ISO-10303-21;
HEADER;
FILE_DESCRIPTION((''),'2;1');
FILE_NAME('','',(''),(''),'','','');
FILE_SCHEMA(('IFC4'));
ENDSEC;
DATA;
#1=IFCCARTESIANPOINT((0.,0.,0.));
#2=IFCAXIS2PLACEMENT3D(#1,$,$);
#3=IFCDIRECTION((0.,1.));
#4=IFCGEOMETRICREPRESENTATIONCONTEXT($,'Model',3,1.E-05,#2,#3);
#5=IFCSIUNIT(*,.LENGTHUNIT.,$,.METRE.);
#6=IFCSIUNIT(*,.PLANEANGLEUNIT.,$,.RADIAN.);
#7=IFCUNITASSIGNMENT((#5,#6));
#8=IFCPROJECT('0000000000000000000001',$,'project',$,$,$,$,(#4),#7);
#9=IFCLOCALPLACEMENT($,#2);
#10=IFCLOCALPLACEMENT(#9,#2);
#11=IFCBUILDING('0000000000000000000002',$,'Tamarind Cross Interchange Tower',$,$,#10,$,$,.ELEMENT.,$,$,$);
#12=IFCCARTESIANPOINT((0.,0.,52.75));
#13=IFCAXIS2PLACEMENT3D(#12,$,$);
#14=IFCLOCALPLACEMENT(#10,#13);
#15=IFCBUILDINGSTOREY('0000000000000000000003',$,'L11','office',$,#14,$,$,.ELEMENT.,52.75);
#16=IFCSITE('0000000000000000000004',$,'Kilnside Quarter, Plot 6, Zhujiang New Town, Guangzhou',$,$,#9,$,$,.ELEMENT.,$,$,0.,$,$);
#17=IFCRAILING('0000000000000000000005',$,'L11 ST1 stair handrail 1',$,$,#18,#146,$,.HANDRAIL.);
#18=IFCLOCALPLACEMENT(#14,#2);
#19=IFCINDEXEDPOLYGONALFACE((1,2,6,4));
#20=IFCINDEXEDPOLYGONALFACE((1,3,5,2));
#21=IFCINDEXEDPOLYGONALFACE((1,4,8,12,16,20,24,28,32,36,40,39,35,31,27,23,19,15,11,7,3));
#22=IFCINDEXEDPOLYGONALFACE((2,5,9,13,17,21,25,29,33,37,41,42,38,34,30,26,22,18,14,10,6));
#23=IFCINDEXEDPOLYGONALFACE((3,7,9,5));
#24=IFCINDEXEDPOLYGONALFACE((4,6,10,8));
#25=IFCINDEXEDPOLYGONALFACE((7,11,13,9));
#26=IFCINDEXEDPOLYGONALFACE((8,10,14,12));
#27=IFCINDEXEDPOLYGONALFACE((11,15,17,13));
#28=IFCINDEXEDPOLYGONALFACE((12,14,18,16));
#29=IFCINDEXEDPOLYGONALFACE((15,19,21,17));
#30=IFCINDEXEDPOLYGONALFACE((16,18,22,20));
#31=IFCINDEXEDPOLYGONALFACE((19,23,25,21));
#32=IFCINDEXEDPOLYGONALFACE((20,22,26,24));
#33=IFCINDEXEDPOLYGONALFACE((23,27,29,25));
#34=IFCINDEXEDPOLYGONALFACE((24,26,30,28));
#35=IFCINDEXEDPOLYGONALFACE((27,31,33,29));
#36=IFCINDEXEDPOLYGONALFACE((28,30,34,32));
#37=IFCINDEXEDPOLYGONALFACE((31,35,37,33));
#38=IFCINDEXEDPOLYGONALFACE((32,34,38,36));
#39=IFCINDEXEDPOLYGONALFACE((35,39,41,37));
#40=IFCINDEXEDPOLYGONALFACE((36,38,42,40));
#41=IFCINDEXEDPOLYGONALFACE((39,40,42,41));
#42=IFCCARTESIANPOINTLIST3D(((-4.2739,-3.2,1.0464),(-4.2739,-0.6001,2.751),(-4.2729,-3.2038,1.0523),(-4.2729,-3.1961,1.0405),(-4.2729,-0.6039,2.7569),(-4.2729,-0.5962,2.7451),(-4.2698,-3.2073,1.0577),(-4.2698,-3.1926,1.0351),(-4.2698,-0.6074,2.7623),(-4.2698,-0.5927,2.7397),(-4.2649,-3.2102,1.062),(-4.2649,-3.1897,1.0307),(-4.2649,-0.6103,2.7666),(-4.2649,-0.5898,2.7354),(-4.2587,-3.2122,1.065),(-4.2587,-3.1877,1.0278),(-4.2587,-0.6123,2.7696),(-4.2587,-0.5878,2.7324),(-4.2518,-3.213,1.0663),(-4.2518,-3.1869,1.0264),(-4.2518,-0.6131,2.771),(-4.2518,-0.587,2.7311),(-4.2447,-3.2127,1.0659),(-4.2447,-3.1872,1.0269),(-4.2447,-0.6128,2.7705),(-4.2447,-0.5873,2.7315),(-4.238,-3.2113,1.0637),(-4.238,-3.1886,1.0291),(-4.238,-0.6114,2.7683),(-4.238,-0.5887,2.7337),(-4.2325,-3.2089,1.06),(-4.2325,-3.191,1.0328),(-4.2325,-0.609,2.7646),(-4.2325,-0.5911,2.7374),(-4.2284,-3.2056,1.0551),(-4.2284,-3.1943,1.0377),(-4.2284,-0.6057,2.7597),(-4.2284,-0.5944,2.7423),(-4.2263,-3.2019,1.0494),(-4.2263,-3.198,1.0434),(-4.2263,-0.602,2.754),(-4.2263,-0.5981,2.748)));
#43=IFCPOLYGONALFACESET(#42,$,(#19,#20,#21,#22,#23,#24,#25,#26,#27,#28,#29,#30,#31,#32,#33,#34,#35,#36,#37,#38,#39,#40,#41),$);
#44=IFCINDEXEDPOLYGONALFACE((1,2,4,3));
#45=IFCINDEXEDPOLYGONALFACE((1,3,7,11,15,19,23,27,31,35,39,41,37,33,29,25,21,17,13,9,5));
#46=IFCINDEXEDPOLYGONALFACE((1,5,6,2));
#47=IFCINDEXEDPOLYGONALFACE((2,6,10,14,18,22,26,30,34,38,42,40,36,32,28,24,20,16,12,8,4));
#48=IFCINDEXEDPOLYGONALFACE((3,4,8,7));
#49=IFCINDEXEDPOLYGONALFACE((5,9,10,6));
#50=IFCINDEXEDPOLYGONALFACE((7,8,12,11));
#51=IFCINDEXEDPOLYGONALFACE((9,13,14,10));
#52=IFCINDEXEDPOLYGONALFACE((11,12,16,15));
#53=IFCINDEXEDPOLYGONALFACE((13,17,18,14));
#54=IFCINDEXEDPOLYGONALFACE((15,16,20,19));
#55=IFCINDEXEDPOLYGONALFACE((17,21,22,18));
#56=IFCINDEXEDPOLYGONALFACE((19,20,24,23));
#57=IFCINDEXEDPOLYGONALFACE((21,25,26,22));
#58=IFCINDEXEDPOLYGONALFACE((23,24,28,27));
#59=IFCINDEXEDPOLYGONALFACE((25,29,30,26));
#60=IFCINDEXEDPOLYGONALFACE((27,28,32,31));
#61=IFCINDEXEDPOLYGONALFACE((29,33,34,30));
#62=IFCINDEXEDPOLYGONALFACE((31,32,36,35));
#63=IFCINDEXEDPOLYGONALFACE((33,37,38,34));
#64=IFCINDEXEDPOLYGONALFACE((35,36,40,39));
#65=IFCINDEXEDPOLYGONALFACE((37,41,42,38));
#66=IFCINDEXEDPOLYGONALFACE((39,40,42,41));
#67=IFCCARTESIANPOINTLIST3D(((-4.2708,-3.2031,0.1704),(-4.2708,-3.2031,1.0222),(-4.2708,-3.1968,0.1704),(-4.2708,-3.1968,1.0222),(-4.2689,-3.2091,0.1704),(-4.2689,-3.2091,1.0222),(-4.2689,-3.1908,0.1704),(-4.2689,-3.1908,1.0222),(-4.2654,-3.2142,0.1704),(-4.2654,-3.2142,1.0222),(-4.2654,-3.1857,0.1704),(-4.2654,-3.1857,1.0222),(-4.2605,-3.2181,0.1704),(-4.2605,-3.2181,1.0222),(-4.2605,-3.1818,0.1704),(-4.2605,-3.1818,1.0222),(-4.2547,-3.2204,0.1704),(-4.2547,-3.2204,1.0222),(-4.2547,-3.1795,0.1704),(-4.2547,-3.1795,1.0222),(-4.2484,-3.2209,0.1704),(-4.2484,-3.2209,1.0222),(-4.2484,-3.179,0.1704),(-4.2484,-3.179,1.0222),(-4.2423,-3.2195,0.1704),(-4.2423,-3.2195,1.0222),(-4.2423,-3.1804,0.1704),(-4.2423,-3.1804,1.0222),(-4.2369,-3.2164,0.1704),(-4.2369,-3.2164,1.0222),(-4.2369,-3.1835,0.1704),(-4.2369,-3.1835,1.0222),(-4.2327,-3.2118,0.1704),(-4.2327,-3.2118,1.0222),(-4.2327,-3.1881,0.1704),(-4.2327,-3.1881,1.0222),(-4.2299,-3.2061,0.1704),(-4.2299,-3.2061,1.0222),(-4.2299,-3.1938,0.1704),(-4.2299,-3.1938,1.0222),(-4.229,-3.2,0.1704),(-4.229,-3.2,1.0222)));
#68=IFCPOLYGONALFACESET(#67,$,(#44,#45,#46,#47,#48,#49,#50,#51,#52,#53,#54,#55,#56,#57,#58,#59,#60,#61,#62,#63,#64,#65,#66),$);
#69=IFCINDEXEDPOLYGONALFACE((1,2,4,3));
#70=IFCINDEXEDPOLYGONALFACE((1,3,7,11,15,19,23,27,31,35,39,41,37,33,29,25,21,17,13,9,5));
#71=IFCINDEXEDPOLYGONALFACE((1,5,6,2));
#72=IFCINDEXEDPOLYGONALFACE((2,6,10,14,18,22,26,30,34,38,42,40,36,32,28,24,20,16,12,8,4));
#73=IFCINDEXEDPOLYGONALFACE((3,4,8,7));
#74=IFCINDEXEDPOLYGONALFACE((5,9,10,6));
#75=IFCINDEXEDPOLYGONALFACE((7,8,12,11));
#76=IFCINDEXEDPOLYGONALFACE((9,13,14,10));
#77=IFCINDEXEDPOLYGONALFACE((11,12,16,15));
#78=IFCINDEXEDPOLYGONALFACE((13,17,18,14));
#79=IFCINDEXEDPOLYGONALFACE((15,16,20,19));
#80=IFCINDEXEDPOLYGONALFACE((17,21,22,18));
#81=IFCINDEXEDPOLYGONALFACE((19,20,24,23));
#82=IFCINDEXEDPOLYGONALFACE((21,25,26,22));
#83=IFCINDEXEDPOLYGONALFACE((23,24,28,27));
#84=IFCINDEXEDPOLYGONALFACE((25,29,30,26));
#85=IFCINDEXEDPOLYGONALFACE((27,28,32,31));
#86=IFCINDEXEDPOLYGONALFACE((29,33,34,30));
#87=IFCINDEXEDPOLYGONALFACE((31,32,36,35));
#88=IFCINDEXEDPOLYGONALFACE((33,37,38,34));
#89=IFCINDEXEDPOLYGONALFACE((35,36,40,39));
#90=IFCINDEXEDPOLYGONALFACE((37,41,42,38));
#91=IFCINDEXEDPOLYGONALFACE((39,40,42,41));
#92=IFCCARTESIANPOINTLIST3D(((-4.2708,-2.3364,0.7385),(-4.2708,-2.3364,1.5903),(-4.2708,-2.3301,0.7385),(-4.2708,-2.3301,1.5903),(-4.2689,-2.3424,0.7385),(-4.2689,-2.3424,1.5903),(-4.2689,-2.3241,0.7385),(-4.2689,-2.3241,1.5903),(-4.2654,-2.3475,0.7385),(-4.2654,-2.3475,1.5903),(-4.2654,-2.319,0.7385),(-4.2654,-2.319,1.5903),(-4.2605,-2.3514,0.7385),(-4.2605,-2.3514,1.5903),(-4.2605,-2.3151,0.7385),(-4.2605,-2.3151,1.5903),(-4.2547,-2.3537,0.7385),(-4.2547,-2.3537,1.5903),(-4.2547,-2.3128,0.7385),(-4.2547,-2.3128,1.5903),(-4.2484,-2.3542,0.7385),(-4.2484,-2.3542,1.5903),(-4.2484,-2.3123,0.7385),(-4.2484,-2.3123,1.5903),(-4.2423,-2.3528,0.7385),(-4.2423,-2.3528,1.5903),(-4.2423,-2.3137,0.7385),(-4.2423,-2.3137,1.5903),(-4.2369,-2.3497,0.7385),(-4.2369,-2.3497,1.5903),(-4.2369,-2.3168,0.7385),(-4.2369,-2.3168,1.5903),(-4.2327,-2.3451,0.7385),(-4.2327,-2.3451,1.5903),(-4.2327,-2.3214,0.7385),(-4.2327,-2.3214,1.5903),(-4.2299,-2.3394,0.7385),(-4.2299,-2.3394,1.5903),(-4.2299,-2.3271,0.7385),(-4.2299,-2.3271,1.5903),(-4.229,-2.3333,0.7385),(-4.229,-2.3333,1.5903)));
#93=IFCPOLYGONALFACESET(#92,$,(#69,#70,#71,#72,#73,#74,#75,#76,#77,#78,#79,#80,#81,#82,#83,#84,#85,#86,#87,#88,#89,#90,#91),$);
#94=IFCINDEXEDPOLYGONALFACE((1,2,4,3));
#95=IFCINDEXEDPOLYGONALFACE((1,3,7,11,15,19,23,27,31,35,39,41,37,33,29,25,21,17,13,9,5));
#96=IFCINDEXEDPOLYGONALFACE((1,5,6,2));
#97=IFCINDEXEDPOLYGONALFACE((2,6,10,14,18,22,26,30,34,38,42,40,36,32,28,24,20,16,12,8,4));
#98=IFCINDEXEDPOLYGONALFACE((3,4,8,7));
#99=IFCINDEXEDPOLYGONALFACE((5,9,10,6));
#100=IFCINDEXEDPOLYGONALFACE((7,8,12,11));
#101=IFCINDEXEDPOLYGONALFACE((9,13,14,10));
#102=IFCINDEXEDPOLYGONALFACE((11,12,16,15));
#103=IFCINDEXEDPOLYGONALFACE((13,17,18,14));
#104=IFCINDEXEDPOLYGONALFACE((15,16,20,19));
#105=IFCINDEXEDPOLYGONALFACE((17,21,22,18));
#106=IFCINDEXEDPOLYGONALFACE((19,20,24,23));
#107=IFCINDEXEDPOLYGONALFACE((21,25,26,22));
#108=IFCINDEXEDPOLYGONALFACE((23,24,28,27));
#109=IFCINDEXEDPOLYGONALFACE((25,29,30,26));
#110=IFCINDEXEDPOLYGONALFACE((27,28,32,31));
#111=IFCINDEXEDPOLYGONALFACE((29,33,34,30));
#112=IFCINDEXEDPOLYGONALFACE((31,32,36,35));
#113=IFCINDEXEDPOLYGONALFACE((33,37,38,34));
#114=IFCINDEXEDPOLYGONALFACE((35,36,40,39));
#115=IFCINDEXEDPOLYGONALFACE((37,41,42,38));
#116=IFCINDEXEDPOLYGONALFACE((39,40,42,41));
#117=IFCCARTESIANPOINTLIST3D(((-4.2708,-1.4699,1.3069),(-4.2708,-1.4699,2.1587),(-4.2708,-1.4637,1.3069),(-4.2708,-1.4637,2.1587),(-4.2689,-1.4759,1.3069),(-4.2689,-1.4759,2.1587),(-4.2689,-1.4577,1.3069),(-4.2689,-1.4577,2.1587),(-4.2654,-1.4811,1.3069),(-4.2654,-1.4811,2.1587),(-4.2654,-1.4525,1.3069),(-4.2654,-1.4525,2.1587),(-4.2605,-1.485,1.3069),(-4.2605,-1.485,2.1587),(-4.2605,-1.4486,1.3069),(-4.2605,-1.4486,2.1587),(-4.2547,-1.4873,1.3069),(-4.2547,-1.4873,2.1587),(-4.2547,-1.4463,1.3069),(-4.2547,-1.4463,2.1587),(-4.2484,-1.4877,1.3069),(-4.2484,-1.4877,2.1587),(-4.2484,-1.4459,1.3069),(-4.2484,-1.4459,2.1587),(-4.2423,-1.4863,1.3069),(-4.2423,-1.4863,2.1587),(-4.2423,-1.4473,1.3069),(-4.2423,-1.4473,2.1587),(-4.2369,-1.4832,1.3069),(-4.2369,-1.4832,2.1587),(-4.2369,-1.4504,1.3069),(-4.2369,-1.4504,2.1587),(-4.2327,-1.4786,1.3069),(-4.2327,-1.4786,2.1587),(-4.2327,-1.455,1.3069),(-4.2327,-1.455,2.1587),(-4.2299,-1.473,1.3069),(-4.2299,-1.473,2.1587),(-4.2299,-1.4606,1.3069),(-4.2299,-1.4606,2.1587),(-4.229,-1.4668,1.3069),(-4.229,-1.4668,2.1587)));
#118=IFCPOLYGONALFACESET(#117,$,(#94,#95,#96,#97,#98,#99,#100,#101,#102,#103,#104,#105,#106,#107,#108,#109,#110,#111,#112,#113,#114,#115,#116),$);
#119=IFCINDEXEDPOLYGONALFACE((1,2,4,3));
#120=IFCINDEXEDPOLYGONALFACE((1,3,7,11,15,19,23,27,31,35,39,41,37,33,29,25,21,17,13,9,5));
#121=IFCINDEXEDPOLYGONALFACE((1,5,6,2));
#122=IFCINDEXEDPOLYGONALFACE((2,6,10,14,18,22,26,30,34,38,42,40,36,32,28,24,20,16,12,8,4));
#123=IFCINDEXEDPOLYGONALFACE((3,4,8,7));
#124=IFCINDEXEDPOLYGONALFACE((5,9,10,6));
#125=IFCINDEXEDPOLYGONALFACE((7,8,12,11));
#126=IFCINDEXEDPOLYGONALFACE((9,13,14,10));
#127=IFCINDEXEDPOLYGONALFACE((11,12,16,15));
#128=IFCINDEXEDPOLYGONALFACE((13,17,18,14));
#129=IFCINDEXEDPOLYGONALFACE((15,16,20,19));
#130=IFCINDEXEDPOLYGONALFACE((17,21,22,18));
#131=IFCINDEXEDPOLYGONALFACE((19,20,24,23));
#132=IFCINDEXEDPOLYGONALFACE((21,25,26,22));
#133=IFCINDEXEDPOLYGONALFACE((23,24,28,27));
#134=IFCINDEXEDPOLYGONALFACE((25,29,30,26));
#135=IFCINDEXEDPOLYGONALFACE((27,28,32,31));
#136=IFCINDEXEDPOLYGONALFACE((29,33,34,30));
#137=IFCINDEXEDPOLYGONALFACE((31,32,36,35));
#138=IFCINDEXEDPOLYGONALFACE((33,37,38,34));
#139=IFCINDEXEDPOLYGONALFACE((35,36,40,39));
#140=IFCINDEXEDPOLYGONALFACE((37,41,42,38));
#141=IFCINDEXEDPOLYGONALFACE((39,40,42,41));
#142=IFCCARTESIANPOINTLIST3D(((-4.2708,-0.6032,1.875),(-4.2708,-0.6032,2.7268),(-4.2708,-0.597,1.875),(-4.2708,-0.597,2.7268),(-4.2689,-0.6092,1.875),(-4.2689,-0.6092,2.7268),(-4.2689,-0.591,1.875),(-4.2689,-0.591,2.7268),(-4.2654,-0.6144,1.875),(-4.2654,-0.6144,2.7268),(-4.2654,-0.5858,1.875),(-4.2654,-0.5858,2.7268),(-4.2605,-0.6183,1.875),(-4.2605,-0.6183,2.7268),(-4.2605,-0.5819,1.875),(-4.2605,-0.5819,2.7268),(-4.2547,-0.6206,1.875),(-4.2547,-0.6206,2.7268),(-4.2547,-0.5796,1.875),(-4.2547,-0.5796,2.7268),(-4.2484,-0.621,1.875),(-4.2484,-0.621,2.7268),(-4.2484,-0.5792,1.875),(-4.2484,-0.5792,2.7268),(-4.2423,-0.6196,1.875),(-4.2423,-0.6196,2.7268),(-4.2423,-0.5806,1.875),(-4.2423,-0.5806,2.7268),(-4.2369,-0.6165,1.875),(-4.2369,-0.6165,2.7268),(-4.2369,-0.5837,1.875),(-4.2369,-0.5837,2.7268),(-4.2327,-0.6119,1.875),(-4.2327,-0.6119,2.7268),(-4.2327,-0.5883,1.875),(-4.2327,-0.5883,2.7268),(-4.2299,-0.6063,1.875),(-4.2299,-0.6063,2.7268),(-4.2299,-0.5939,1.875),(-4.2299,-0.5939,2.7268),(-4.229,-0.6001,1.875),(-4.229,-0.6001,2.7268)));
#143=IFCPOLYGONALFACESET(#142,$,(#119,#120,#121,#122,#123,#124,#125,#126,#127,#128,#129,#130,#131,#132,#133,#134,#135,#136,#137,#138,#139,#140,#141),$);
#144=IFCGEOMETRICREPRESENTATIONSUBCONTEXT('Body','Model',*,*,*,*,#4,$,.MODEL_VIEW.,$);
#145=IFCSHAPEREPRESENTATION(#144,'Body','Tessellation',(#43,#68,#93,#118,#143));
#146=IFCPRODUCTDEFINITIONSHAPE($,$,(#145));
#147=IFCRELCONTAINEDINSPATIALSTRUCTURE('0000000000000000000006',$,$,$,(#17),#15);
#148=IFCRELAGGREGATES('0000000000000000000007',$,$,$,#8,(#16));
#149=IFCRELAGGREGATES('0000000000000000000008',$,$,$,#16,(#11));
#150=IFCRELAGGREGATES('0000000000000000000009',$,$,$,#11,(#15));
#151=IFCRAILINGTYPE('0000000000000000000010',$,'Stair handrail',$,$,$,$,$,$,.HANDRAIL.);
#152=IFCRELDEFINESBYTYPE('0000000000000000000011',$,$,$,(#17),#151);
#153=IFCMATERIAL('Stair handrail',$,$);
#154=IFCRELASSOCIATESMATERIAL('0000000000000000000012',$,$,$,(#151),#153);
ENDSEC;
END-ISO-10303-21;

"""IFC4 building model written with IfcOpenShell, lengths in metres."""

from ifc_helpers import new_model, si_unit, direction, frame, origin, origin_2d, place, context, subcontext, project, spatial, circle, extrude, material, type_object, element, save


model = new_model("IFC4")

# Units and contexts
model_context = context("Model", 3, precision=1e-05, world=origin(), true_north=direction((0.0, 1.0)))
body_context = subcontext(model_context, "Body", "Model", "MODEL_VIEW")
ifc_project = project(units=[si_unit("LENGTHUNIT", "METRE"), si_unit("PLANEANGLEUNIT", "RADIAN")], contexts=[model_context])

# Site, building, storey
site_placement = place(None, origin())
site = spatial("IfcSite", under=ifc_project, at=site_placement, Name="Kilnside Quarter, Plot 6, Zhujiang New Town, Guangzhou", CompositionType="ELEMENT", RefElevation=0.0)
building_placement = place(site_placement, origin())
building = spatial("IfcBuilding", under=site, at=building_placement, Name="Tamarind Cross Interchange Tower", CompositionType="ELEMENT")
storey_placement = place(building_placement, frame((0.0, 0.0, 52.75)))
storey = spatial("IfcBuildingStorey", under=building, at=storey_placement, Name="L11", Description="office", CompositionType="ELEMENT", Elevation=52.75)

# Railing
ifc_material_1 = material(Name="Stair handrail")
railing_type_1 = type_object("IfcRailingType", Name="Stair handrail", PredefinedType="HANDRAIL", material=ifc_material_1)
railing_1_placement = place(storey_placement, frame((-4.25, -3.2, 0.1704)))
element("IfcRailing", 1, at=railing_1_placement, inside=storey, type_object=railing_type_1, Name="L11 ST1 stair handrail 1", PredefinedType="HANDRAIL", context=body_context, shape_type="SweptSolid", body=[
    extrude(circle(Radius=0.0239, at=origin_2d()), frame((0.0, 0.0, 0.876), z_axis=(0.0, 0.836279, 0.548305), x_axis=(-1.0, 0.0, 0.0)), (0.0, 0.0, 1.0), 3.1089),
    extrude(circle(Radius=0.021, at=origin_2d()), origin(), (0.0, 0.0, 1.0), 0.8518),
    extrude(circle(Radius=0.021, at=origin_2d()), frame((0.0, 0.8667, 0.5681)), (0.0, 0.0, 1.0), 0.8518),
    extrude(circle(Radius=0.021, at=origin_2d()), frame((0.0, 1.7332, 1.1365)), (0.0, 0.0, 1.0), 0.8518),
    extrude(circle(Radius=0.021, at=origin_2d()), frame((0.0, 2.5999, 1.7046)), (0.0, 0.0, 1.0), 0.8518),
])

save(model, "model.ifc")
